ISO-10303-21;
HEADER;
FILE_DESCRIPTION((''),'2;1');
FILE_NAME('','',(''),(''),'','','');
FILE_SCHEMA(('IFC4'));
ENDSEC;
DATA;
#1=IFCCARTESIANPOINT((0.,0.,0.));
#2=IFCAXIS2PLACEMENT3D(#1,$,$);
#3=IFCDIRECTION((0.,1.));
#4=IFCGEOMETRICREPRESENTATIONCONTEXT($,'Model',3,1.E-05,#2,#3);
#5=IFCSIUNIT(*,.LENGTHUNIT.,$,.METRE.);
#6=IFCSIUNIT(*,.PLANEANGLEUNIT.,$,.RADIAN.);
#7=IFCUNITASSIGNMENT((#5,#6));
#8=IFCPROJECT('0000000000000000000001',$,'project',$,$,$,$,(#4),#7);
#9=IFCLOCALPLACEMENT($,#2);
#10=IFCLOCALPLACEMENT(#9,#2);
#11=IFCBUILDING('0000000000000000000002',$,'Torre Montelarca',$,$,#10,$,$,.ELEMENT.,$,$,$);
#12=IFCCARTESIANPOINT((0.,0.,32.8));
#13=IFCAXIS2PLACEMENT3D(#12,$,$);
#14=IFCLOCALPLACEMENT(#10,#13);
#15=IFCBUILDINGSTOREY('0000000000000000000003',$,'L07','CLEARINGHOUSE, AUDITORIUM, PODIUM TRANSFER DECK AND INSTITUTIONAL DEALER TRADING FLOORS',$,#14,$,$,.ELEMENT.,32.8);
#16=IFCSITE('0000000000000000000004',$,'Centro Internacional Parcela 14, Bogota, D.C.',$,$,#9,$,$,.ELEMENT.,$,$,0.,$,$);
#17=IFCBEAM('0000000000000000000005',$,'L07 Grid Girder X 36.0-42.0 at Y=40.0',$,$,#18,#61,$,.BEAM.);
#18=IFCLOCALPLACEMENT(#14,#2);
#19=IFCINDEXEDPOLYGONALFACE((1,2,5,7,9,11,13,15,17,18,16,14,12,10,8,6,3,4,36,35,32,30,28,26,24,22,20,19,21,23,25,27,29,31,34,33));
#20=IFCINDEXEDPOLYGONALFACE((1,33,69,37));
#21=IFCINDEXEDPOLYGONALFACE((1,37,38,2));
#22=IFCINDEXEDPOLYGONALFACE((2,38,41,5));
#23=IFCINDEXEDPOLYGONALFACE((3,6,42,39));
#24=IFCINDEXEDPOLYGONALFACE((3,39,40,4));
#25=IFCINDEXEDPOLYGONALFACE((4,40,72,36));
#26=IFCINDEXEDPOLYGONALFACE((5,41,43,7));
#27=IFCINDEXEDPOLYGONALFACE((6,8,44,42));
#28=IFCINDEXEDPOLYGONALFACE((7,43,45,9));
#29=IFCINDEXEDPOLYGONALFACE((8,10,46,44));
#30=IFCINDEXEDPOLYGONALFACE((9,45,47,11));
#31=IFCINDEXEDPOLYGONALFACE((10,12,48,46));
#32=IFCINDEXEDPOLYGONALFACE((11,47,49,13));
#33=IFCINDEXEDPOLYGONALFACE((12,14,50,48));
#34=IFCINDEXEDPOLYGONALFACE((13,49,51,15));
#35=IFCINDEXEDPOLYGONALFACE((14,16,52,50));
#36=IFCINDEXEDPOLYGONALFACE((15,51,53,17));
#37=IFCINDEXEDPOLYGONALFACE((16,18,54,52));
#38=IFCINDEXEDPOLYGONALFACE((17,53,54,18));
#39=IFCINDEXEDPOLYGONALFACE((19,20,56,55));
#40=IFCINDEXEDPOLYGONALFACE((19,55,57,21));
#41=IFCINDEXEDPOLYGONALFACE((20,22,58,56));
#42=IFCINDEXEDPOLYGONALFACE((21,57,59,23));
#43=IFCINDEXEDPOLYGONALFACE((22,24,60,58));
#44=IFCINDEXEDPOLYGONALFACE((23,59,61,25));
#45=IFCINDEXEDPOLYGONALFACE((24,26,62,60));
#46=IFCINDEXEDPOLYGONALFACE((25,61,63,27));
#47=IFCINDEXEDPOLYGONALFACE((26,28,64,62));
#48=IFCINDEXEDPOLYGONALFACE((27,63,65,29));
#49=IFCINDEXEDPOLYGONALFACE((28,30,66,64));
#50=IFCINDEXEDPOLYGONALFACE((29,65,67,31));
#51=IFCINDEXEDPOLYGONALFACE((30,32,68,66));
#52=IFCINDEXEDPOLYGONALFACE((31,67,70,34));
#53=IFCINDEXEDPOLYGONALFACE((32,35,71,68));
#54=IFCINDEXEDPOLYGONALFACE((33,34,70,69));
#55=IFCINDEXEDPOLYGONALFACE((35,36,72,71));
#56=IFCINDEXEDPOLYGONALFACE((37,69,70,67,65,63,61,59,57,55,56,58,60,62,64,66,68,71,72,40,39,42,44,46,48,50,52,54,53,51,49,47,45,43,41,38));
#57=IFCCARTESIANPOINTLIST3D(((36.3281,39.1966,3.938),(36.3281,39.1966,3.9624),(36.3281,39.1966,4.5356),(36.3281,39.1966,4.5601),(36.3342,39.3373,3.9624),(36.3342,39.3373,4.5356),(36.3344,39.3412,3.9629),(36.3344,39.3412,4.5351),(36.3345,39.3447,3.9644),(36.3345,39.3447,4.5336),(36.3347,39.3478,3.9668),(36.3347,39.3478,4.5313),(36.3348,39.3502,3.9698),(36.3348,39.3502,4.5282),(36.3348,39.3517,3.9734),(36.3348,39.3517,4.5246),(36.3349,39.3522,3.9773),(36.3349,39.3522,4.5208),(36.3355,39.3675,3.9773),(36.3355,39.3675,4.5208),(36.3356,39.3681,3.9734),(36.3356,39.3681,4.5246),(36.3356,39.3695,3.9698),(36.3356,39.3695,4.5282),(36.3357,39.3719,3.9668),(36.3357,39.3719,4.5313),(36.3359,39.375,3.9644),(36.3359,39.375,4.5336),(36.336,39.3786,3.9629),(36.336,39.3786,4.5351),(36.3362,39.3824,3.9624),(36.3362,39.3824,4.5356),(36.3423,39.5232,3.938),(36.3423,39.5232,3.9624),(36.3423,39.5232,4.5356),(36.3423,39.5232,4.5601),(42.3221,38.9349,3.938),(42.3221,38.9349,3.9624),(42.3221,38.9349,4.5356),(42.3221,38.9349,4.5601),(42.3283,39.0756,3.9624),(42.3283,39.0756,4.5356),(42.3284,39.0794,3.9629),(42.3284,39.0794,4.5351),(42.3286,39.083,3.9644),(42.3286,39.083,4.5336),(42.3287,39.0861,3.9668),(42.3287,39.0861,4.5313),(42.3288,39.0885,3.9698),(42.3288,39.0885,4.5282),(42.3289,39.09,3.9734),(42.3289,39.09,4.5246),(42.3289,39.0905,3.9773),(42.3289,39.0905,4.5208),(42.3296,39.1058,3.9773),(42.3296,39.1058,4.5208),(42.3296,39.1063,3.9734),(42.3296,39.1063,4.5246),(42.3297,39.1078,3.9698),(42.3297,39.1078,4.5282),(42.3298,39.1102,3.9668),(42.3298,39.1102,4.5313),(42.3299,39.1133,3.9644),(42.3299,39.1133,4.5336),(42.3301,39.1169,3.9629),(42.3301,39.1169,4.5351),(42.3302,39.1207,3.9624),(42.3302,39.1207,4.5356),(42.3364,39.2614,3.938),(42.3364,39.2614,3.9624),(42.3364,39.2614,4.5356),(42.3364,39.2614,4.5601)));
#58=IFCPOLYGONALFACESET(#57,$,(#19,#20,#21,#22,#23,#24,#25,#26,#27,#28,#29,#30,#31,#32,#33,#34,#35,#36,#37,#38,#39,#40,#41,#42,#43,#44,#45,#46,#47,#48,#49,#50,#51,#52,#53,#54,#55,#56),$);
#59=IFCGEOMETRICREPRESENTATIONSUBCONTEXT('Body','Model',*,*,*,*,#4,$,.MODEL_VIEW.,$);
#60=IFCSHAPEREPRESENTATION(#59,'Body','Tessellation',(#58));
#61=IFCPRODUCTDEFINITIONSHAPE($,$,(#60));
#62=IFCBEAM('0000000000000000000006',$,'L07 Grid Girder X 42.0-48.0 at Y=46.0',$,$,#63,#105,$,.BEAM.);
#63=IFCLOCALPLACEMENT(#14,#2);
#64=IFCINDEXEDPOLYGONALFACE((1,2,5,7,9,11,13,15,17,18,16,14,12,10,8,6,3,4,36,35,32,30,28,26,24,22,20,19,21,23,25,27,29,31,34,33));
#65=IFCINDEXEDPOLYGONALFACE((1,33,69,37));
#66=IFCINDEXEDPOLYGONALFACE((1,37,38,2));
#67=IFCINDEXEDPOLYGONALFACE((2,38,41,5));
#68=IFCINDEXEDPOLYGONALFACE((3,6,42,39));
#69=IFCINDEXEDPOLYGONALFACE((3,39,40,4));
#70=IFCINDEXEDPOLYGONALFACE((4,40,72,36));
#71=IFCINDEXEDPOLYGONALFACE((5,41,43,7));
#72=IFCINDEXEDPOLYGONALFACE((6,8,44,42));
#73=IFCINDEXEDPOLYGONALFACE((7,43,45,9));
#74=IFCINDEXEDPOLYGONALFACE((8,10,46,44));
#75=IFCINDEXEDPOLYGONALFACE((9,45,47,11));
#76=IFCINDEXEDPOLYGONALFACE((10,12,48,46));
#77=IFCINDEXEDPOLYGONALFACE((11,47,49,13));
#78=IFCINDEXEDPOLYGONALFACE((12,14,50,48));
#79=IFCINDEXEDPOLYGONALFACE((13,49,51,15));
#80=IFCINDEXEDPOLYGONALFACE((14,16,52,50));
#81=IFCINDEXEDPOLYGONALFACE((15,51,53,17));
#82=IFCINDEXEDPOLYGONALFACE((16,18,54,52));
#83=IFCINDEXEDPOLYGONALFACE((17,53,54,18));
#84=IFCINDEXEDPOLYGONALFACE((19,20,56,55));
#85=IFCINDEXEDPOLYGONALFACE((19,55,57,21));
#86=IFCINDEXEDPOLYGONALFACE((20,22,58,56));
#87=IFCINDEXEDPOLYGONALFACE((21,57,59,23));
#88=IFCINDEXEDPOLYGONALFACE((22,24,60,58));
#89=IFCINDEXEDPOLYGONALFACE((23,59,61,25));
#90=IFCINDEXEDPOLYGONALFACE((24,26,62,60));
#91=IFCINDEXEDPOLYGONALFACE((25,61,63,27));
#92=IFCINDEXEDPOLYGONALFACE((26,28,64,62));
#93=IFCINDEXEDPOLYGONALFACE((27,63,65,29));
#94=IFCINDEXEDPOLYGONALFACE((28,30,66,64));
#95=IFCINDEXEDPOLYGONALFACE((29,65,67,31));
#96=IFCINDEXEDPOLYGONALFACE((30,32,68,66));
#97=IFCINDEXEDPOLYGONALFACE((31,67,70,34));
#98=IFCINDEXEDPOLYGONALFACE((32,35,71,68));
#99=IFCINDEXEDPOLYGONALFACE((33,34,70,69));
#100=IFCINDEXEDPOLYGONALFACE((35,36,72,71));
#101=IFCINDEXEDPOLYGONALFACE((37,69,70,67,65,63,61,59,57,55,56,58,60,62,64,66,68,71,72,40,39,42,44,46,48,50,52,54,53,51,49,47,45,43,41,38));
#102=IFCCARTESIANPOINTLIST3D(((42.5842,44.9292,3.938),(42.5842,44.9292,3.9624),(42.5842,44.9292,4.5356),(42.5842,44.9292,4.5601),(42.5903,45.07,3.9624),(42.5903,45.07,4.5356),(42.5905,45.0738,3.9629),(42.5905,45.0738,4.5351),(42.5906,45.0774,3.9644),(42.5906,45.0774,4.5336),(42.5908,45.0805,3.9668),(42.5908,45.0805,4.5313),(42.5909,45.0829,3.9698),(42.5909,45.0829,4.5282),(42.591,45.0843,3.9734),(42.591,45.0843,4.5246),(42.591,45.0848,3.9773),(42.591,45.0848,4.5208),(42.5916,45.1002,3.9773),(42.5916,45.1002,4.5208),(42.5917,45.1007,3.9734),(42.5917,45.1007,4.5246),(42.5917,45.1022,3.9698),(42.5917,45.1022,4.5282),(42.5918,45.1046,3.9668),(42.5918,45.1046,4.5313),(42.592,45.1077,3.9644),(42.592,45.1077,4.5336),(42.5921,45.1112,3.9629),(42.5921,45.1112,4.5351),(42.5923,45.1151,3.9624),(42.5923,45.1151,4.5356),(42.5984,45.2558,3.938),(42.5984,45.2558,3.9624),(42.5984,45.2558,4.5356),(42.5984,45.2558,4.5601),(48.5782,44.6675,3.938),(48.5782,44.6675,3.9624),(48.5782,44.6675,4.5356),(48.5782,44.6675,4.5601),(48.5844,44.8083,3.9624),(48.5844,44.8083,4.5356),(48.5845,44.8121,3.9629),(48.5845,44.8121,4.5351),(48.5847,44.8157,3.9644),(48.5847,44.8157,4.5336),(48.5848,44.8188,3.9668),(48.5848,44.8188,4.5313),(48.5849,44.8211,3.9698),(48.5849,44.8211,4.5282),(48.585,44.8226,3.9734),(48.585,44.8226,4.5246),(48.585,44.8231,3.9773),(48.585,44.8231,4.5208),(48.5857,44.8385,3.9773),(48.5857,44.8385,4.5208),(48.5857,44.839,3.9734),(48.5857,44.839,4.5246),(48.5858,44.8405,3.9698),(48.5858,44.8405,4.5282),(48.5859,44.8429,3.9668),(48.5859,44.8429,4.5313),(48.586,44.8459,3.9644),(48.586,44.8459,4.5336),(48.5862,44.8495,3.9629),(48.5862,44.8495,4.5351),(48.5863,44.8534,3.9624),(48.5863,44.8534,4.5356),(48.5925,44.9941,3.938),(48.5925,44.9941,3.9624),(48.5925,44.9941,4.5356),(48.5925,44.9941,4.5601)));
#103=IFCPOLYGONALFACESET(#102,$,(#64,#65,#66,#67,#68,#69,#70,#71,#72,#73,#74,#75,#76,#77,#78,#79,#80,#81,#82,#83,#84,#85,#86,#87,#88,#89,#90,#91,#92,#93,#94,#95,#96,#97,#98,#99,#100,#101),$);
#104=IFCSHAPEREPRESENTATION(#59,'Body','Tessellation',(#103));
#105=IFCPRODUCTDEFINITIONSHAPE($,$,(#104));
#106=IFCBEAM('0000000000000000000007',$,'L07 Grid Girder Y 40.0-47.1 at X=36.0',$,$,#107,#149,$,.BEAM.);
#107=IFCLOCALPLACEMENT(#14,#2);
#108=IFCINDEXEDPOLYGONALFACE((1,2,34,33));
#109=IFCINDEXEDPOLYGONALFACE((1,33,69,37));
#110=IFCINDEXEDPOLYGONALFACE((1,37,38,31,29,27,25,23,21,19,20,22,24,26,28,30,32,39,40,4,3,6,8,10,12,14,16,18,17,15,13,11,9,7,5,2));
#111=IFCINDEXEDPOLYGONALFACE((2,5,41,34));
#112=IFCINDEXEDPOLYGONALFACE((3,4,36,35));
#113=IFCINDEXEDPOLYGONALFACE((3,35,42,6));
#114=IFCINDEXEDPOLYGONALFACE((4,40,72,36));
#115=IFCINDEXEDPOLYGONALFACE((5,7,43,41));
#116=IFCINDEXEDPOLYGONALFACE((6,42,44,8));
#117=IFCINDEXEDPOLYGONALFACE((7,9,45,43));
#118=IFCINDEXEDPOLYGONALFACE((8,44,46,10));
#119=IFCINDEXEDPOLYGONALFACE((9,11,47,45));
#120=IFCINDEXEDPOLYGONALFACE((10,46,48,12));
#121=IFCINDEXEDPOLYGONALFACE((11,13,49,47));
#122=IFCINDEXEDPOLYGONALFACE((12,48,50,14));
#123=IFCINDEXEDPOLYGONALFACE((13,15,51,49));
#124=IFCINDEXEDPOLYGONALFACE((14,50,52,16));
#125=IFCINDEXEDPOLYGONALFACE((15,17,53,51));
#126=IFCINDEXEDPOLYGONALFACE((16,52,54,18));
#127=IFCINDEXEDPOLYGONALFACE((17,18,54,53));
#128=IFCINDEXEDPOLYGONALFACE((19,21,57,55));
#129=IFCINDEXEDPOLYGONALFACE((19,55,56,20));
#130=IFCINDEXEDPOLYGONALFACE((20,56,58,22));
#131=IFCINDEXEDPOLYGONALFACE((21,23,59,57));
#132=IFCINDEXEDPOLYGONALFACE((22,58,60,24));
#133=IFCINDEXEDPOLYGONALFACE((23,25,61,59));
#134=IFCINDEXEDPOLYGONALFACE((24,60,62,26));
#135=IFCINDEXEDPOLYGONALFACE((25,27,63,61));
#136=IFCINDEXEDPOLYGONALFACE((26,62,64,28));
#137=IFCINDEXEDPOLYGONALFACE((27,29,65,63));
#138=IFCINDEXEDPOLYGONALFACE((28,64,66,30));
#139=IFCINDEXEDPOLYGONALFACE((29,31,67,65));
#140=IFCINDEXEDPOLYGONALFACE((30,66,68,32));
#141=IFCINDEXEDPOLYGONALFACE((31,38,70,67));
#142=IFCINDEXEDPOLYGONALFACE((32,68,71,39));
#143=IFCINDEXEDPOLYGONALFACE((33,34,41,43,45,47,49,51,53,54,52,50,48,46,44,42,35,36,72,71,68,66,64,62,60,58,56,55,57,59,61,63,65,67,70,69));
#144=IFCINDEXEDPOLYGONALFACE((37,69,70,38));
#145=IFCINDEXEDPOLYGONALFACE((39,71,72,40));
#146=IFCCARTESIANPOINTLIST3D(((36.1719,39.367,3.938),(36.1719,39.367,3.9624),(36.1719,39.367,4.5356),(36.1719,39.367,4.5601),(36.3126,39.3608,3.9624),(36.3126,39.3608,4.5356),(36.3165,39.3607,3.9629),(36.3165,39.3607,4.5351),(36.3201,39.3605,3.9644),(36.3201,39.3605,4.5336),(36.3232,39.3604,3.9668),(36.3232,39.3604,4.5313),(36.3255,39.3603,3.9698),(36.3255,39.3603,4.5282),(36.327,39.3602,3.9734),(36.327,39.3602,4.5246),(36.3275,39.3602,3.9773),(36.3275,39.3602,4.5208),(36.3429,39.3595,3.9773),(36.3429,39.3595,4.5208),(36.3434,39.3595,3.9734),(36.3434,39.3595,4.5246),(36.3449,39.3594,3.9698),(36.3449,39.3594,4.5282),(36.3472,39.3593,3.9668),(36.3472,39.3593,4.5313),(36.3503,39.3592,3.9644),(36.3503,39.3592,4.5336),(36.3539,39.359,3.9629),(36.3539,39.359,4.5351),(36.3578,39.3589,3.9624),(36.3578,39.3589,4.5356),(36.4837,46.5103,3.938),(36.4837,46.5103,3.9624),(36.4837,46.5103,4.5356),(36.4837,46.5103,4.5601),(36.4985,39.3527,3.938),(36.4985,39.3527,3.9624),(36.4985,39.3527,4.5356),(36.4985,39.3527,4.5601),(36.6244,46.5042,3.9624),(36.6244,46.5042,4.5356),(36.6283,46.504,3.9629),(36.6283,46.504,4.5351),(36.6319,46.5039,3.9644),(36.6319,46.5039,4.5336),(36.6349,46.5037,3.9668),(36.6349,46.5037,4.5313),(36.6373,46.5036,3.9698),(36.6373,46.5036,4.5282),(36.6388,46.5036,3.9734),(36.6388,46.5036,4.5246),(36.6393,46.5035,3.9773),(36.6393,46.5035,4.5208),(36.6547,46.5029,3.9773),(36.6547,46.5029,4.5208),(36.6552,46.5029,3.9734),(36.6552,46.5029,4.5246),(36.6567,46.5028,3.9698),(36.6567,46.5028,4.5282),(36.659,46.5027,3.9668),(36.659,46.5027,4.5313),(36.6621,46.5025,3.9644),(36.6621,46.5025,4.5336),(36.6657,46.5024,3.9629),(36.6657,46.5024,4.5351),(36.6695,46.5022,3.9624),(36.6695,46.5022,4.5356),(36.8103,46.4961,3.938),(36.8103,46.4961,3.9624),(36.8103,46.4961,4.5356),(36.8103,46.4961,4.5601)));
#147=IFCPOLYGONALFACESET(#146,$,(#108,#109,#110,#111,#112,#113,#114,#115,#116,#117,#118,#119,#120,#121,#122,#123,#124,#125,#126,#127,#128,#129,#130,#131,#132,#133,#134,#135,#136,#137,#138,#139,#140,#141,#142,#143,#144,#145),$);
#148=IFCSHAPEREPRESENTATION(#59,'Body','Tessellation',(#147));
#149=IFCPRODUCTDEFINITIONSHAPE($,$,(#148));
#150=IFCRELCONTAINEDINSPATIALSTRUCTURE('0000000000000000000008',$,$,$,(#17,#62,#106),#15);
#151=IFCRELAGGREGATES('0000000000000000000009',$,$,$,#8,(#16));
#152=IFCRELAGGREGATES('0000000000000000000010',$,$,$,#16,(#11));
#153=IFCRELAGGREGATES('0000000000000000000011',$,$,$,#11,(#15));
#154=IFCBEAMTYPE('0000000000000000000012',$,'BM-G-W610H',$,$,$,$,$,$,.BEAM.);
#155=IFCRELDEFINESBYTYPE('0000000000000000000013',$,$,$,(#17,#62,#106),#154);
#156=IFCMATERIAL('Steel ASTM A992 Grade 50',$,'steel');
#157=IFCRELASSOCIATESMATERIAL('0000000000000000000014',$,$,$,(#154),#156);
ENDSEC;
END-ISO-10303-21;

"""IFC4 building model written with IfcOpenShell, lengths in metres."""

from ifc_helpers import new_model, si_unit, direction, frame, origin, origin_2d, place, context, subcontext, project, spatial, i_section, extrude, source, transform, mapped, material, material_profile, profile_set, type_object, element, save


model = new_model("IFC4")

# Units and contexts
model_context = context("Model", 3, precision=1e-05, world=origin(), true_north=direction((0.0, 1.0)))
body_context = subcontext(model_context, "Body", "Model", "MODEL_VIEW")
ifc_project = project(units=[si_unit("LENGTHUNIT", "METRE"), si_unit("PLANEANGLEUNIT", "RADIAN")], contexts=[model_context])

# Site, building, storey
site_placement = place(None, origin())
site = spatial("IfcSite", under=ifc_project, at=site_placement, Name="Centro Internacional Parcela 14, Bogota, D.C.", CompositionType="ELEMENT", RefElevation=0.0)
building_placement = place(site_placement, origin())
building = spatial("IfcBuilding", under=site, at=building_placement, Name="Torre Montelarca", CompositionType="ELEMENT")
storey_placement = place(building_placement, frame((0.0, 0.0, 32.8)))
storey = spatial("IfcBuildingStorey", under=building, at=storey_placement, Name="L07", Description="CLEARINGHOUSE, AUDITORIUM, PODIUM TRANSFER DECK AND INSTITUTIONAL DEALER TRADING FLOORS", CompositionType="ELEMENT", Elevation=32.8)

# Shared definitions
ifc_material_1 = material(Name="Steel ASTM A992 Grade 50", Category="steel")

# Beams
ifc_material_profile_1 = material_profile(ifc_material_1, i_section(OverallWidth=0.3269, OverallDepth=0.6221, WebThickness=0.0154, FlangeThickness=0.0244, FilletRadius=0.0149, at=origin_2d()), Name="W610X195", Category="steel")
ifc_profile_set_1 = profile_set([ifc_material_profile_1], Name="Steel ASTM A992 Grade 50")
beam_type = type_object("IfcBeamType", Name="BM-G-W610H", PredefinedType="BEAM", material=ifc_profile_set_1)
shared_shape_1 = source(origin(), body_context, "Body", "SweptSolid", [
    extrude(i_section(OverallWidth=0.3269, OverallDepth=0.6221, WebThickness=0.0154, FlangeThickness=0.0244, FilletRadius=0.0149, at=origin_2d()), origin(), (0.0, 0.0, 1.0), 5.9998),
])
for number, where, z_axis, x_axis, name in (
    (1, (36.3352, 39.3599, 4.249), (0.999048, -0.043621, 0.0), (0.043621, 0.999048, 0.0), "L07 Grid Girder X 36.0-42.0 at Y=40.0"),
    (2, (42.5913, 45.0925, 4.249), (0.999048, -0.043621, 0.0), (0.043621, 0.999048, 0.0), "L07 Grid Girder X 42.0-48.0 at Y=46.0"),
):
    element("IfcBeam", number, at=place(storey_placement, frame(where, z_axis=z_axis, x_axis=x_axis)), inside=storey, type_object=beam_type, Name=name, PredefinedType="BEAM", context=body_context, shape_type="MappedRepresentation", body=[
        mapped(shared_shape_1, transform((0.0, 0.0, 0.0), scale=1.0)),
    ])
shared_shape_2 = source(origin(), body_context, "Body", "SweptSolid", [
    extrude(i_section(OverallWidth=0.3269, OverallDepth=0.6221, WebThickness=0.0154, FlangeThickness=0.0244, FilletRadius=0.0149, at=origin_2d()), origin(), (0.0, 0.0, 1.0), 7.1501),
])
beam_placement = place(storey_placement, frame((36.3352, 39.3599, 4.249), z_axis=(0.043603, 0.999049, 0.0), x_axis=(-0.999049, 0.043603, 0.0)))
element("IfcBeam", 3, at=beam_placement, inside=storey, type_object=beam_type, Name="L07 Grid Girder Y 40.0-47.1 at X=36.0", PredefinedType="BEAM", context=body_context, shape_type="MappedRepresentation", body=[
    mapped(shared_shape_2, transform((0.0, 0.0, 0.0), scale=1.0)),
])

save(model, "model.ifc")
